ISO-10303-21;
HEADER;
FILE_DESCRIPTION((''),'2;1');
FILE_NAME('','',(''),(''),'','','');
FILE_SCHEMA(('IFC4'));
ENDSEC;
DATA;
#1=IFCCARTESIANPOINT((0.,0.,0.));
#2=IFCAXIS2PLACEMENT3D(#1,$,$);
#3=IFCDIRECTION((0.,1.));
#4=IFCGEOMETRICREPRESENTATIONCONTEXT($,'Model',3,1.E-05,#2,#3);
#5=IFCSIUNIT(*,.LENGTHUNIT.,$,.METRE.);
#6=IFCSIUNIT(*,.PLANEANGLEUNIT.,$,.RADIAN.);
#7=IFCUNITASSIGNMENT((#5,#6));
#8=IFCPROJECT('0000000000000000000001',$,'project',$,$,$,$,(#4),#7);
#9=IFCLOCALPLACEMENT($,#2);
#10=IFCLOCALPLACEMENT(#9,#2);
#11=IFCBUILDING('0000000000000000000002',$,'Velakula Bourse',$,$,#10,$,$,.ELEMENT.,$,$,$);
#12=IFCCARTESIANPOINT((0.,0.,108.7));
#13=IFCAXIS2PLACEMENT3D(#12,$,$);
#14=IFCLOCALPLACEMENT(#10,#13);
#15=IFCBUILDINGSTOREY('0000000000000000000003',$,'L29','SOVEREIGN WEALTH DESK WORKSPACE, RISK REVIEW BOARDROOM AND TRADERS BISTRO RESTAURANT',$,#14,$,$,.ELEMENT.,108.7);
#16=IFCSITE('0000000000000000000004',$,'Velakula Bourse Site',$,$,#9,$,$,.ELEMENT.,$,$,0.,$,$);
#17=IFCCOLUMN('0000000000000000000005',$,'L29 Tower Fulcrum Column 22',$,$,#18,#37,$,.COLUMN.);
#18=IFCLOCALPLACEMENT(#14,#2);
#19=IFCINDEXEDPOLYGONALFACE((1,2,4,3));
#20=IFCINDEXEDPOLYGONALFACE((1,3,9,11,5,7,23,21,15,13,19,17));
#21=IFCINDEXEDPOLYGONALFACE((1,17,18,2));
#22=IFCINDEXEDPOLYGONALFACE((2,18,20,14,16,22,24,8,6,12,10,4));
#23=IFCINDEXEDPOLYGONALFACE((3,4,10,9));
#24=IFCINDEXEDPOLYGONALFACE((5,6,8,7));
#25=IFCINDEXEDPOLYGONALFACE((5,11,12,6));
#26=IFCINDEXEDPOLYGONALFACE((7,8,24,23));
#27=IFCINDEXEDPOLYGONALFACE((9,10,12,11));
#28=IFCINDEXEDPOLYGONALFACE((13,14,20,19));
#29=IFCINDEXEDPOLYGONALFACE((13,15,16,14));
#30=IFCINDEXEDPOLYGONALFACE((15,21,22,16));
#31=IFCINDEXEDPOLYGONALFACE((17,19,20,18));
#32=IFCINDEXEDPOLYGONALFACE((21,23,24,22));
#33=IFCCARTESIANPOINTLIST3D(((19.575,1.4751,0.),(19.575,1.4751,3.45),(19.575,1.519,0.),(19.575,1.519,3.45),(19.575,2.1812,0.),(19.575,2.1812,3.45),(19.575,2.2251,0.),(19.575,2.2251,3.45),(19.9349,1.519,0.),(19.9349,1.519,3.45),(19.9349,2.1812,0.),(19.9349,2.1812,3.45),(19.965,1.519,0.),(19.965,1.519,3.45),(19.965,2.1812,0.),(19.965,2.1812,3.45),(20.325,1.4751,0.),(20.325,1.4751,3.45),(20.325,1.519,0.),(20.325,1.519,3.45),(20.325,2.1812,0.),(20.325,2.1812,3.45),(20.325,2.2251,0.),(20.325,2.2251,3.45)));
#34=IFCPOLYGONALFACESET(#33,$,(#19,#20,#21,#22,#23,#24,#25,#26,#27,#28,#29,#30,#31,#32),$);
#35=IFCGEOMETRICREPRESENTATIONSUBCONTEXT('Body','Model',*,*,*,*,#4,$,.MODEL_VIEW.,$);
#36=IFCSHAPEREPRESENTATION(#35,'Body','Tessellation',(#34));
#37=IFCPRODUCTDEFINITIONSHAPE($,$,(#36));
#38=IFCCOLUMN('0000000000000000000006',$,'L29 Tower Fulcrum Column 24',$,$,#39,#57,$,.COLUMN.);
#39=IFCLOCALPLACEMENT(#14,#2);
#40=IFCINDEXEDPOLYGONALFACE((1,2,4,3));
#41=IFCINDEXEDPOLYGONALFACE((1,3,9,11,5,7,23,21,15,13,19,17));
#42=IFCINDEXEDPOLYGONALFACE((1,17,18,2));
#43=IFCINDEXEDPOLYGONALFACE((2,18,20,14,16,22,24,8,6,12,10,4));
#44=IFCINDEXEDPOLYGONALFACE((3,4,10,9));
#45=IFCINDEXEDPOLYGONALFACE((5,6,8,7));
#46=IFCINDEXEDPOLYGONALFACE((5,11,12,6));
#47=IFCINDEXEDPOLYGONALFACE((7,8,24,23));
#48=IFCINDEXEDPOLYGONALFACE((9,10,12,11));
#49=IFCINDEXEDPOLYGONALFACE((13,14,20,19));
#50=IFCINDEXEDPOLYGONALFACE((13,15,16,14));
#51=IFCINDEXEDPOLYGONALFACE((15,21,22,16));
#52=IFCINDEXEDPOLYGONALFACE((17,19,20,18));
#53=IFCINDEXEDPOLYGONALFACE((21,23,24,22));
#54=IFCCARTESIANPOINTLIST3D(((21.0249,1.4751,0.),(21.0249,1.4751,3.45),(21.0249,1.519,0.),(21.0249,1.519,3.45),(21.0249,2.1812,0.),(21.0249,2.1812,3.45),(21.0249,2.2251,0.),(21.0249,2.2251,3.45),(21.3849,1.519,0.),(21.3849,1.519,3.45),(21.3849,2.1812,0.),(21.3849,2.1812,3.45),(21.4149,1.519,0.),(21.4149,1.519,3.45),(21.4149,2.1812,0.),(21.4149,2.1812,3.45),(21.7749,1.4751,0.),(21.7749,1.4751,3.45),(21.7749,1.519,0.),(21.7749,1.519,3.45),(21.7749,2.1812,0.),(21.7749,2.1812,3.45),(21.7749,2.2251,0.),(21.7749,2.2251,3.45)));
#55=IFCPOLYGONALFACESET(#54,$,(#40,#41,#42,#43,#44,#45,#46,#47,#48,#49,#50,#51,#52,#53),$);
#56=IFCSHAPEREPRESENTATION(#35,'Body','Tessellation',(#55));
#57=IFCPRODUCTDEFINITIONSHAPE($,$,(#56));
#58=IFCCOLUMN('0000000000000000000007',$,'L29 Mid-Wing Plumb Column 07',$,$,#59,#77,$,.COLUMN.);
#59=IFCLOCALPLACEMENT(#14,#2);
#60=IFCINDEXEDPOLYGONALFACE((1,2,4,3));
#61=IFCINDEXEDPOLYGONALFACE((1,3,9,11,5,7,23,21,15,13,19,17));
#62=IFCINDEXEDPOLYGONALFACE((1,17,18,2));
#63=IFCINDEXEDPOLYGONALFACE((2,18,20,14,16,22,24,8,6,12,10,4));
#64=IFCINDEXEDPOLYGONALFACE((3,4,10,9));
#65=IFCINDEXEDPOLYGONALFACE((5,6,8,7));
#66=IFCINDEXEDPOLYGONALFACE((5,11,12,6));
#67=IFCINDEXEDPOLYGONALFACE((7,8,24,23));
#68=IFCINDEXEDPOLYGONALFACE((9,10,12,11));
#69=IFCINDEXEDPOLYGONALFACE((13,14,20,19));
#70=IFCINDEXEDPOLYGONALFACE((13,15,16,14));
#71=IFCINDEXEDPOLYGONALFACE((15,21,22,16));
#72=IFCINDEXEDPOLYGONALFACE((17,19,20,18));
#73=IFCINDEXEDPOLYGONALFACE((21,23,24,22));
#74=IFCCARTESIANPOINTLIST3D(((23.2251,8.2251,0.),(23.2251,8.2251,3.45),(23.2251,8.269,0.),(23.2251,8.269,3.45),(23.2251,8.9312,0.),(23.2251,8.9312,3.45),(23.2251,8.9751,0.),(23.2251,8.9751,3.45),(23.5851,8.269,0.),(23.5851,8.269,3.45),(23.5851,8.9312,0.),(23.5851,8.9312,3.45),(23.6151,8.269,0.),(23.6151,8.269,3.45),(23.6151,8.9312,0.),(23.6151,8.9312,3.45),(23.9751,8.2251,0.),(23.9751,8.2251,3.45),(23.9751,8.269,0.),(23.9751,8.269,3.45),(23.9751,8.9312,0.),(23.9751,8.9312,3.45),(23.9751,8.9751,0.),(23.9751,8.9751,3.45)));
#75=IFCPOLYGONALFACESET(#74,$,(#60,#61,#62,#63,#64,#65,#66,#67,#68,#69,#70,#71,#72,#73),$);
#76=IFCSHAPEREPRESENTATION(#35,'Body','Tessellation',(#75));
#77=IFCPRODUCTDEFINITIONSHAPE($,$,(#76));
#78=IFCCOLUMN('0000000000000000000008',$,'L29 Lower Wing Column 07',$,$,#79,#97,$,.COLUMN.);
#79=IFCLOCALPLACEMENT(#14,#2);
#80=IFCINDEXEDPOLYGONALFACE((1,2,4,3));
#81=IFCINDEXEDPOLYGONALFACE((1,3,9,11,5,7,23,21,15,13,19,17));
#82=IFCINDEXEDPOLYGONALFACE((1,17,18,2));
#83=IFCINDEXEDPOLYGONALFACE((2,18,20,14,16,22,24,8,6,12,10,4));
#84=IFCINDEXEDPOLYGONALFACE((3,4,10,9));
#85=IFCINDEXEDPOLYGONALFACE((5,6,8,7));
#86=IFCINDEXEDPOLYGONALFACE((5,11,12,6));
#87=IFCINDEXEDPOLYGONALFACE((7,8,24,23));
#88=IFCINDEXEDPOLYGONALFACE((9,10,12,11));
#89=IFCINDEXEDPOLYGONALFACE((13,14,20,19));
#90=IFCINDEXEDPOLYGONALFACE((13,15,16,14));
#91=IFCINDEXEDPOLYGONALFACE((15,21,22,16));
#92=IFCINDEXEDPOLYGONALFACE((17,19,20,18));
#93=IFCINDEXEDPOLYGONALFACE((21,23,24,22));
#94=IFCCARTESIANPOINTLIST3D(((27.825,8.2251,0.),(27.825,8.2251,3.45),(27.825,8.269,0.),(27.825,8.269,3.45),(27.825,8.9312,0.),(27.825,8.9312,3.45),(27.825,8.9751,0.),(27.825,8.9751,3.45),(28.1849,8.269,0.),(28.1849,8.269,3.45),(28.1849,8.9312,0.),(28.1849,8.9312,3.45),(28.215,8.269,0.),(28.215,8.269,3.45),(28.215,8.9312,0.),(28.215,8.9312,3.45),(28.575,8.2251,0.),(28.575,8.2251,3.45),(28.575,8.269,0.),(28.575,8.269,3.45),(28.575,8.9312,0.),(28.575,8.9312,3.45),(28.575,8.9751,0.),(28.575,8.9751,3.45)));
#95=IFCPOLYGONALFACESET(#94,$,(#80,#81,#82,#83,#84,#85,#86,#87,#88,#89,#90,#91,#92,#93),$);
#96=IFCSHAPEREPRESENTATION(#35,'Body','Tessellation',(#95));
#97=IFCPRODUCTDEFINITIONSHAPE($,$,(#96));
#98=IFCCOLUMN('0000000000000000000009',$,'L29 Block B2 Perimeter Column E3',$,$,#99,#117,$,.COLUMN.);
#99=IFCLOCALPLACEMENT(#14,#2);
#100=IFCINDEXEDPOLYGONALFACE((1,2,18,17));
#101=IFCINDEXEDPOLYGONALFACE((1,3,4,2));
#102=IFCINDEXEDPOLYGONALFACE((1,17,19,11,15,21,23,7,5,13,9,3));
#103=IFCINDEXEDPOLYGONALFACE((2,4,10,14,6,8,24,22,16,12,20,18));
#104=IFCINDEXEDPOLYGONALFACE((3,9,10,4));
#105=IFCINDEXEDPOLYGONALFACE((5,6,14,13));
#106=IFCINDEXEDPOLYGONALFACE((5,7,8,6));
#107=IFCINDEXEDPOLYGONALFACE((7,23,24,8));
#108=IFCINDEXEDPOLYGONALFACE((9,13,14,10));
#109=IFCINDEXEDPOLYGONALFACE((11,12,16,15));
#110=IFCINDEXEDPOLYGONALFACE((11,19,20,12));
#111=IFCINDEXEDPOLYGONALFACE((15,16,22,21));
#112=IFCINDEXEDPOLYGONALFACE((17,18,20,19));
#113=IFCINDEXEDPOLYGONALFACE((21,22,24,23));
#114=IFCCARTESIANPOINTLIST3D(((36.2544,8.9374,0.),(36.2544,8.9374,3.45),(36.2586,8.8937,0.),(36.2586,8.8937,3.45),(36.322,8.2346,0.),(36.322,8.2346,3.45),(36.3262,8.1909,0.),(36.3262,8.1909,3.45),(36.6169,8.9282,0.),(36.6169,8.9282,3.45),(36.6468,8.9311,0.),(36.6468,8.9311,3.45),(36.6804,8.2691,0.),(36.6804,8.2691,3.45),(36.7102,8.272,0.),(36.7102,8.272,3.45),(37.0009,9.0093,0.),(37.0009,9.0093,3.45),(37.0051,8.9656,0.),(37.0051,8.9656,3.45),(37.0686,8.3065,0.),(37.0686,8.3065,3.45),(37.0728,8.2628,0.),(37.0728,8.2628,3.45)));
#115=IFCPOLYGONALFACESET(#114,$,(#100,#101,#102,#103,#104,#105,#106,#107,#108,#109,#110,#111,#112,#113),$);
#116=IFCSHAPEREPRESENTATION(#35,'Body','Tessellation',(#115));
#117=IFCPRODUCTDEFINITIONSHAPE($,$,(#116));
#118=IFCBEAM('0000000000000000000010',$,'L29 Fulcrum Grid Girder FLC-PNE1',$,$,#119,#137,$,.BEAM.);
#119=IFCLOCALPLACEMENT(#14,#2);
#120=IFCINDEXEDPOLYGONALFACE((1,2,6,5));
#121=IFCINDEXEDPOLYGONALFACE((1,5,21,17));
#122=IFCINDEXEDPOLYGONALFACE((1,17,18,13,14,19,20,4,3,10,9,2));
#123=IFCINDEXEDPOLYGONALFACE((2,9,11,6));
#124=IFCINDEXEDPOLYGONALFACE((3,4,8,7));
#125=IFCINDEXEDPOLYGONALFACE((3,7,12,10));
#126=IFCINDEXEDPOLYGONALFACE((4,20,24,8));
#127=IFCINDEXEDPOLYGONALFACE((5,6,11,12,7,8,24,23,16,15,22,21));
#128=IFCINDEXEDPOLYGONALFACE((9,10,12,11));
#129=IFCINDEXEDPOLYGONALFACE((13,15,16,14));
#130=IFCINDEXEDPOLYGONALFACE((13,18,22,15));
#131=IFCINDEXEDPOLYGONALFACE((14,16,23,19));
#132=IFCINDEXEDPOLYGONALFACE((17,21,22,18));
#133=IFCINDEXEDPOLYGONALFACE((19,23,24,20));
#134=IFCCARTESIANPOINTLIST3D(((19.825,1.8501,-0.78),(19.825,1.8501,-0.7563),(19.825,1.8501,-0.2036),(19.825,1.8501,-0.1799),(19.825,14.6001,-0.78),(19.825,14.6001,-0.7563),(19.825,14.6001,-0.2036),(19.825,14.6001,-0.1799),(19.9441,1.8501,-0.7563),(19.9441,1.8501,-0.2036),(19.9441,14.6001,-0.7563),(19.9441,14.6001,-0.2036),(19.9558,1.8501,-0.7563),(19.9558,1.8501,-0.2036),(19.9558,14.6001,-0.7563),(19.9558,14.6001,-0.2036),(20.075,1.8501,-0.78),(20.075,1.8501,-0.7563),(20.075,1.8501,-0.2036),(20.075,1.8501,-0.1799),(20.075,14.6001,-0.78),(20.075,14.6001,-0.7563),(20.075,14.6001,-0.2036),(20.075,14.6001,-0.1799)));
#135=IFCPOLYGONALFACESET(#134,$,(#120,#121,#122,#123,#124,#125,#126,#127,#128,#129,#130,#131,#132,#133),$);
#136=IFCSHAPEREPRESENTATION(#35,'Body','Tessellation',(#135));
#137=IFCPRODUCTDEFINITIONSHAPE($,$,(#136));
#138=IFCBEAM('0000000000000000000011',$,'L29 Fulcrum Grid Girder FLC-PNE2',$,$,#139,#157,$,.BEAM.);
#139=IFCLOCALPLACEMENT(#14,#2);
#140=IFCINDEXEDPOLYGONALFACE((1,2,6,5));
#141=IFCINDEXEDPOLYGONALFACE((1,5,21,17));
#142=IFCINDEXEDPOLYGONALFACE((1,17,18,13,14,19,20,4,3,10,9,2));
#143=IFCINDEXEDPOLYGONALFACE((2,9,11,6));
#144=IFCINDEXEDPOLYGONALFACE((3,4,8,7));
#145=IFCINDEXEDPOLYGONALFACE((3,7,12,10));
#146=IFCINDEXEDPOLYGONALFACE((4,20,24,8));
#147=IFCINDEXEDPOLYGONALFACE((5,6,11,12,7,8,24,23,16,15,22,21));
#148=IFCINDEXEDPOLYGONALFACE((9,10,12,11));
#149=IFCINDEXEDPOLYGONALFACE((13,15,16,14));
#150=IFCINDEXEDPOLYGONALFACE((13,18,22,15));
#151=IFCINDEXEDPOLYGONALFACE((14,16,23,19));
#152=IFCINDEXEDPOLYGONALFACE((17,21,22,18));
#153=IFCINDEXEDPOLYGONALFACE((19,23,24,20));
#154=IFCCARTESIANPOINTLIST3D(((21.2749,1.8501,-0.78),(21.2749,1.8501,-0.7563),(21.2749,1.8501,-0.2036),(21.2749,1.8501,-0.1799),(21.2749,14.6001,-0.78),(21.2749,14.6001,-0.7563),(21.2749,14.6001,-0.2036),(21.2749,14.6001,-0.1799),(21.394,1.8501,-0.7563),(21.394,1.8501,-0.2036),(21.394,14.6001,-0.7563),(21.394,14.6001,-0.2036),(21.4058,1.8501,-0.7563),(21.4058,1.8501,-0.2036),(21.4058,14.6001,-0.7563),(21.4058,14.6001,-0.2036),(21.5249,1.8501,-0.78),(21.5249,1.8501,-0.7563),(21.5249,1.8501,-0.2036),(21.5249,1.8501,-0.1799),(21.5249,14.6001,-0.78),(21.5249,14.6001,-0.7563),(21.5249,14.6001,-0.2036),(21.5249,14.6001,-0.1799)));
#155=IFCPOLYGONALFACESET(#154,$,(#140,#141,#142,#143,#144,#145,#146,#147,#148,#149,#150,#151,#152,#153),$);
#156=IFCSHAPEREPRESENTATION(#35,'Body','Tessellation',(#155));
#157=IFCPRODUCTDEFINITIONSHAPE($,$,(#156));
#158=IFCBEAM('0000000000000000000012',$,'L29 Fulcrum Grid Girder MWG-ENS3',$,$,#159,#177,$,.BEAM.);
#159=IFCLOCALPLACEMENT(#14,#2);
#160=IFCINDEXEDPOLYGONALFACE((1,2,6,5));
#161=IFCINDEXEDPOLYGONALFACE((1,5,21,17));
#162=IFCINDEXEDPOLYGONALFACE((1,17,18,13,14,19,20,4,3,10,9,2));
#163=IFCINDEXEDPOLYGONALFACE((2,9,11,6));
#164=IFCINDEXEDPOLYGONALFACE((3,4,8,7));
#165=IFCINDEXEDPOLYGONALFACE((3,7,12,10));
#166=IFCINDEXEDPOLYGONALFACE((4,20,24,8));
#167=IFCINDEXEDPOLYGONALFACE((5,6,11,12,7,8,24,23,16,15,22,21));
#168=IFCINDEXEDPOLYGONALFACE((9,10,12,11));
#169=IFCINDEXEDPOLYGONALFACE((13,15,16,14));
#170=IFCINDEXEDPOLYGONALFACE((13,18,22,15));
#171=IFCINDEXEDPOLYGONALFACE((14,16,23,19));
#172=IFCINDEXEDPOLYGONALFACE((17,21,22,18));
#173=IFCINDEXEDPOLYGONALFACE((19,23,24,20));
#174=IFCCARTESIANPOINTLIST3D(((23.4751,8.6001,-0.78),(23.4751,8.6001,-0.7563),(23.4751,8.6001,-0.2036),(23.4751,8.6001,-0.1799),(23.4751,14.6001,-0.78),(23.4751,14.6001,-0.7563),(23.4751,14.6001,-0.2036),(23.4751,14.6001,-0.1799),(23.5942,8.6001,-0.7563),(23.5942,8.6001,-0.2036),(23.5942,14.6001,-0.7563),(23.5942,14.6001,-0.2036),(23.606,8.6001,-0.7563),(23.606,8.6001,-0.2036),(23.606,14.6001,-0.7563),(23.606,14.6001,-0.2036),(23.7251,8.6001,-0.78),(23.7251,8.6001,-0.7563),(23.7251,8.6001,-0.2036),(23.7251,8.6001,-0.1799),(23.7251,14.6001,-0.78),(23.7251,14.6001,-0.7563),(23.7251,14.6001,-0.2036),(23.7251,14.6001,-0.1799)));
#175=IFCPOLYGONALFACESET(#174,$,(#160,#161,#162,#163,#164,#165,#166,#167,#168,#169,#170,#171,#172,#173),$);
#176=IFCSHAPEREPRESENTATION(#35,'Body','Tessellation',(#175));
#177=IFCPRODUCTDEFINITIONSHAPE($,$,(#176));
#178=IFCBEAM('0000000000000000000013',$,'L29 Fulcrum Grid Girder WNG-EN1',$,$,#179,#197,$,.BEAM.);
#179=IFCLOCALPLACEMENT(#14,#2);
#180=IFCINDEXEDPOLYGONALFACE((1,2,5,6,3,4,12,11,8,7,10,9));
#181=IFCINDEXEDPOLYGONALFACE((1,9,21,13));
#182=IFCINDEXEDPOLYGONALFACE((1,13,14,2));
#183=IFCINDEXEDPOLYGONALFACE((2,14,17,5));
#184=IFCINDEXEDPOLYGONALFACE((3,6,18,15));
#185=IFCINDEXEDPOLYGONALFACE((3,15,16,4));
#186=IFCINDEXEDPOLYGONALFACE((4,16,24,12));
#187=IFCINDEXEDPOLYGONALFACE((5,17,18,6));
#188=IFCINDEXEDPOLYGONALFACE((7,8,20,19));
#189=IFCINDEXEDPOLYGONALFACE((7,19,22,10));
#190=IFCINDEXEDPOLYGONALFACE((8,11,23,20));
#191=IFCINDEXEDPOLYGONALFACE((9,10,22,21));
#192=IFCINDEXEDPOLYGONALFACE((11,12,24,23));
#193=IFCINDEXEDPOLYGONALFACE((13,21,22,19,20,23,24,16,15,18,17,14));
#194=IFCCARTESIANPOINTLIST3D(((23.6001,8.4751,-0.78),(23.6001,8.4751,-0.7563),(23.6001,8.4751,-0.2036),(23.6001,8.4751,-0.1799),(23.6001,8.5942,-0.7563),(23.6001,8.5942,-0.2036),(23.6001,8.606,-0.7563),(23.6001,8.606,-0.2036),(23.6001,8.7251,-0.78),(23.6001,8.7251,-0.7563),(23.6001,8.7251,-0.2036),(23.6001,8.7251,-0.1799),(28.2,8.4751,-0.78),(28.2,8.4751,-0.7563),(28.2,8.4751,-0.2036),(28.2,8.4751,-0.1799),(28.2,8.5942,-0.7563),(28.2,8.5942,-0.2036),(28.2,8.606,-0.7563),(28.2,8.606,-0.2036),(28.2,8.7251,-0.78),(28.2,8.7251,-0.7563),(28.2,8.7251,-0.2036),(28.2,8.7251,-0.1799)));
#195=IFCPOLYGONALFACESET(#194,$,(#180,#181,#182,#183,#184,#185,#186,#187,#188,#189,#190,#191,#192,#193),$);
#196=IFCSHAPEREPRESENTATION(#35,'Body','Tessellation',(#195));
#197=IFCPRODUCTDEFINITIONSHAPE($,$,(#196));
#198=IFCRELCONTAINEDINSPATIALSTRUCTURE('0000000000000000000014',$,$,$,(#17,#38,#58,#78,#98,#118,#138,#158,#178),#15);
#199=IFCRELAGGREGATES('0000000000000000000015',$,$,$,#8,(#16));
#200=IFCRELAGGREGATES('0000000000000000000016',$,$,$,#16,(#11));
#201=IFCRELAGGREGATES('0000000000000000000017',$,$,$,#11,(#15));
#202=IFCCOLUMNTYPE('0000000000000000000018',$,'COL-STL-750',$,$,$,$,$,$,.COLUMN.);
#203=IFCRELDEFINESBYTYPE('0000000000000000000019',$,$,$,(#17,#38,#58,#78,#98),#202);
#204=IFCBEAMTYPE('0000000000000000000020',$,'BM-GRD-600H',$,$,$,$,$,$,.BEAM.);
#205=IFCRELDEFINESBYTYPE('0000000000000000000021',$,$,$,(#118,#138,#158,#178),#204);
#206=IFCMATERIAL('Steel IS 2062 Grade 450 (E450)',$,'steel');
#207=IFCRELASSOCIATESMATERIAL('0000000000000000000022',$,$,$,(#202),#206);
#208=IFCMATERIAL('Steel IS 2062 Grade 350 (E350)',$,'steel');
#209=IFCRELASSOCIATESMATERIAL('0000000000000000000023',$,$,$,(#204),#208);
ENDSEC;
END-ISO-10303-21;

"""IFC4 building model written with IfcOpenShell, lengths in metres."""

from ifc_helpers import new_model, si_unit, direction, frame, origin, origin_2d, place, context, subcontext, project, spatial, i_section, extrude, material, material_profile, profile_set, type_object, element, save


model = new_model("IFC4")

# Units and contexts
model_context = context("Model", 3, precision=1e-05, world=origin(), true_north=direction((0.0, 1.0)))
body_context = subcontext(model_context, "Body", "Model", "MODEL_VIEW")
ifc_project = project(units=[si_unit("LENGTHUNIT", "METRE"), si_unit("PLANEANGLEUNIT", "RADIAN")], contexts=[model_context])

# Site, building, storey
site_placement = place(None, origin())
site = spatial("IfcSite", under=ifc_project, at=site_placement, Name="Velakula Bourse Site", CompositionType="ELEMENT", RefElevation=0.0)
building_placement = place(site_placement, origin())
building = spatial("IfcBuilding", under=site, at=building_placement, Name="Velakula Bourse", CompositionType="ELEMENT")
storey_placement = place(building_placement, frame((0.0, 0.0, 108.7)))
storey = spatial("IfcBuildingStorey", under=building, at=storey_placement, Name="L29", Description="SOVEREIGN WEALTH DESK WORKSPACE, RISK REVIEW BOARDROOM AND TRADERS BISTRO RESTAURANT", CompositionType="ELEMENT", Elevation=108.7)

# Columns
ifc_material_1 = material(Name="Steel IS 2062 Grade 450 (E450)", Category="steel")
ifc_material_profile_1 = material_profile(ifc_material_1, i_section(OverallWidth=0.75, OverallDepth=0.75, WebThickness=0.03, FlangeThickness=0.0439, at=origin_2d()), Name="Steel IS 2062 Grade 450 (E450)")
ifc_profile_set_1 = profile_set([ifc_material_profile_1], Name="Steel IS 2062 Grade 450 (E450)")
column_type = type_object("IfcColumnType", Name="COL-STL-750", PredefinedType="COLUMN", material=ifc_profile_set_1)
for number, where, z_axis, x_axis, name in (
    (1, (19.95, 1.8501, 0.0), (0.0, 0.0, 1.0), (1.0, 0.0, 0.0), "L29 Tower Fulcrum Column 22"),
    (2, (21.3999, 1.8501, 0.0), (0.0, 0.0, 1.0), (1.0, 0.0, 0.0), "L29 Tower Fulcrum Column 24"),
    (3, (23.6001, 8.6001, 0.0), (0.0, 0.0, 1.0), (1.0, 0.0, 0.0), "L29 Mid-Wing Plumb Column 07"),
    (4, (28.2, 8.6001, 0.0), (0.0, 0.0, 1.0), (1.0, 0.0, 0.0), "L29 Lower Wing Column 07"),
    (5, (36.6636, 8.6001, 0.0), (0.0, 0.0, 1.0), (0.995396, 0.095846, 0.0), "L29 Block B2 Perimeter Column E3"),
):
    element("IfcColumn", number, at=place(storey_placement, frame(where, z_axis=z_axis, x_axis=x_axis)), inside=storey, type_object=column_type, Name=name, PredefinedType="COLUMN", context=body_context, shape_type="SweptSolid", body=[
        extrude(i_section(OverallWidth=0.75, OverallDepth=0.75, WebThickness=0.03, FlangeThickness=0.0439, at=origin_2d()), origin(), (0.0, 0.0, 1.0), 3.45),
    ])

# Beams
ifc_material_2 = material(Name="Steel IS 2062 Grade 350 (E350)", Category="steel")
ifc_material_profile_2 = material_profile(ifc_material_2, i_section(OverallWidth=0.25, OverallDepth=0.6001, WebThickness=0.0117, FlangeThickness=0.0237, at=origin_2d()), Name="Steel IS 2062 Grade 350 (E350)")
ifc_profile_set_2 = profile_set([ifc_material_profile_2], Name="Steel IS 2062 Grade 350 (E350)")
beam_type_1 = type_object("IfcBeamType", Name="BM-GRD-600H", PredefinedType="BEAM", material=ifc_profile_set_2)
for number, where, z_axis, x_axis, name in (
    (6, (19.95, 1.8501, -0.48), (0.0, 1.0, 0.0), (-1.0, 0.0, 0.0), "L29 Fulcrum Grid Girder FLC-PNE1"),
    (7, (21.3999, 1.8501, -0.48), (0.0, 1.0, 0.0), (-1.0, 0.0, 0.0), "L29 Fulcrum Grid Girder FLC-PNE2"),
):
    element("IfcBeam", number, at=place(storey_placement, frame(where, z_axis=z_axis, x_axis=x_axis)), inside=storey, type_object=beam_type_1, Name=name, PredefinedType="BEAM", context=body_context, shape_type="SweptSolid", body=[
        extrude(i_section(OverallWidth=0.25, OverallDepth=0.6001, WebThickness=0.0117, FlangeThickness=0.0237, at=origin_2d()), origin(), (0.0, 0.0, 1.0), 12.75),
    ])
beam_1_placement = place(storey_placement, frame((23.6001, 8.6001, -0.48), z_axis=(0.0, 1.0, 0.0), x_axis=(-1.0, 0.0, 0.0)))
element("IfcBeam", 8, at=beam_1_placement, inside=storey, type_object=beam_type_1, Name="L29 Fulcrum Grid Girder MWG-ENS3", PredefinedType="BEAM", context=body_context, shape_type="SweptSolid", body=[
    extrude(i_section(OverallWidth=0.25, OverallDepth=0.6001, WebThickness=0.0117, FlangeThickness=0.0237, at=origin_2d()), origin(), (0.0, 0.0, 1.0), 6.0),
])
beam_2_placement = place(storey_placement, frame((23.6001, 8.6001, -0.48), z_axis=(1.0, 0.0, 0.0), x_axis=(0.0, 1.0, 0.0)))
element("IfcBeam", 9, at=beam_2_placement, inside=storey, type_object=beam_type_1, Name="L29 Fulcrum Grid Girder WNG-EN1", PredefinedType="BEAM", context=body_context, shape_type="SweptSolid", body=[
    extrude(i_section(OverallWidth=0.25, OverallDepth=0.6001, WebThickness=0.0117, FlangeThickness=0.0237, at=origin_2d()), origin(), (0.0, 0.0, 1.0), 4.5999),
])

save(model, "model.ifc")
